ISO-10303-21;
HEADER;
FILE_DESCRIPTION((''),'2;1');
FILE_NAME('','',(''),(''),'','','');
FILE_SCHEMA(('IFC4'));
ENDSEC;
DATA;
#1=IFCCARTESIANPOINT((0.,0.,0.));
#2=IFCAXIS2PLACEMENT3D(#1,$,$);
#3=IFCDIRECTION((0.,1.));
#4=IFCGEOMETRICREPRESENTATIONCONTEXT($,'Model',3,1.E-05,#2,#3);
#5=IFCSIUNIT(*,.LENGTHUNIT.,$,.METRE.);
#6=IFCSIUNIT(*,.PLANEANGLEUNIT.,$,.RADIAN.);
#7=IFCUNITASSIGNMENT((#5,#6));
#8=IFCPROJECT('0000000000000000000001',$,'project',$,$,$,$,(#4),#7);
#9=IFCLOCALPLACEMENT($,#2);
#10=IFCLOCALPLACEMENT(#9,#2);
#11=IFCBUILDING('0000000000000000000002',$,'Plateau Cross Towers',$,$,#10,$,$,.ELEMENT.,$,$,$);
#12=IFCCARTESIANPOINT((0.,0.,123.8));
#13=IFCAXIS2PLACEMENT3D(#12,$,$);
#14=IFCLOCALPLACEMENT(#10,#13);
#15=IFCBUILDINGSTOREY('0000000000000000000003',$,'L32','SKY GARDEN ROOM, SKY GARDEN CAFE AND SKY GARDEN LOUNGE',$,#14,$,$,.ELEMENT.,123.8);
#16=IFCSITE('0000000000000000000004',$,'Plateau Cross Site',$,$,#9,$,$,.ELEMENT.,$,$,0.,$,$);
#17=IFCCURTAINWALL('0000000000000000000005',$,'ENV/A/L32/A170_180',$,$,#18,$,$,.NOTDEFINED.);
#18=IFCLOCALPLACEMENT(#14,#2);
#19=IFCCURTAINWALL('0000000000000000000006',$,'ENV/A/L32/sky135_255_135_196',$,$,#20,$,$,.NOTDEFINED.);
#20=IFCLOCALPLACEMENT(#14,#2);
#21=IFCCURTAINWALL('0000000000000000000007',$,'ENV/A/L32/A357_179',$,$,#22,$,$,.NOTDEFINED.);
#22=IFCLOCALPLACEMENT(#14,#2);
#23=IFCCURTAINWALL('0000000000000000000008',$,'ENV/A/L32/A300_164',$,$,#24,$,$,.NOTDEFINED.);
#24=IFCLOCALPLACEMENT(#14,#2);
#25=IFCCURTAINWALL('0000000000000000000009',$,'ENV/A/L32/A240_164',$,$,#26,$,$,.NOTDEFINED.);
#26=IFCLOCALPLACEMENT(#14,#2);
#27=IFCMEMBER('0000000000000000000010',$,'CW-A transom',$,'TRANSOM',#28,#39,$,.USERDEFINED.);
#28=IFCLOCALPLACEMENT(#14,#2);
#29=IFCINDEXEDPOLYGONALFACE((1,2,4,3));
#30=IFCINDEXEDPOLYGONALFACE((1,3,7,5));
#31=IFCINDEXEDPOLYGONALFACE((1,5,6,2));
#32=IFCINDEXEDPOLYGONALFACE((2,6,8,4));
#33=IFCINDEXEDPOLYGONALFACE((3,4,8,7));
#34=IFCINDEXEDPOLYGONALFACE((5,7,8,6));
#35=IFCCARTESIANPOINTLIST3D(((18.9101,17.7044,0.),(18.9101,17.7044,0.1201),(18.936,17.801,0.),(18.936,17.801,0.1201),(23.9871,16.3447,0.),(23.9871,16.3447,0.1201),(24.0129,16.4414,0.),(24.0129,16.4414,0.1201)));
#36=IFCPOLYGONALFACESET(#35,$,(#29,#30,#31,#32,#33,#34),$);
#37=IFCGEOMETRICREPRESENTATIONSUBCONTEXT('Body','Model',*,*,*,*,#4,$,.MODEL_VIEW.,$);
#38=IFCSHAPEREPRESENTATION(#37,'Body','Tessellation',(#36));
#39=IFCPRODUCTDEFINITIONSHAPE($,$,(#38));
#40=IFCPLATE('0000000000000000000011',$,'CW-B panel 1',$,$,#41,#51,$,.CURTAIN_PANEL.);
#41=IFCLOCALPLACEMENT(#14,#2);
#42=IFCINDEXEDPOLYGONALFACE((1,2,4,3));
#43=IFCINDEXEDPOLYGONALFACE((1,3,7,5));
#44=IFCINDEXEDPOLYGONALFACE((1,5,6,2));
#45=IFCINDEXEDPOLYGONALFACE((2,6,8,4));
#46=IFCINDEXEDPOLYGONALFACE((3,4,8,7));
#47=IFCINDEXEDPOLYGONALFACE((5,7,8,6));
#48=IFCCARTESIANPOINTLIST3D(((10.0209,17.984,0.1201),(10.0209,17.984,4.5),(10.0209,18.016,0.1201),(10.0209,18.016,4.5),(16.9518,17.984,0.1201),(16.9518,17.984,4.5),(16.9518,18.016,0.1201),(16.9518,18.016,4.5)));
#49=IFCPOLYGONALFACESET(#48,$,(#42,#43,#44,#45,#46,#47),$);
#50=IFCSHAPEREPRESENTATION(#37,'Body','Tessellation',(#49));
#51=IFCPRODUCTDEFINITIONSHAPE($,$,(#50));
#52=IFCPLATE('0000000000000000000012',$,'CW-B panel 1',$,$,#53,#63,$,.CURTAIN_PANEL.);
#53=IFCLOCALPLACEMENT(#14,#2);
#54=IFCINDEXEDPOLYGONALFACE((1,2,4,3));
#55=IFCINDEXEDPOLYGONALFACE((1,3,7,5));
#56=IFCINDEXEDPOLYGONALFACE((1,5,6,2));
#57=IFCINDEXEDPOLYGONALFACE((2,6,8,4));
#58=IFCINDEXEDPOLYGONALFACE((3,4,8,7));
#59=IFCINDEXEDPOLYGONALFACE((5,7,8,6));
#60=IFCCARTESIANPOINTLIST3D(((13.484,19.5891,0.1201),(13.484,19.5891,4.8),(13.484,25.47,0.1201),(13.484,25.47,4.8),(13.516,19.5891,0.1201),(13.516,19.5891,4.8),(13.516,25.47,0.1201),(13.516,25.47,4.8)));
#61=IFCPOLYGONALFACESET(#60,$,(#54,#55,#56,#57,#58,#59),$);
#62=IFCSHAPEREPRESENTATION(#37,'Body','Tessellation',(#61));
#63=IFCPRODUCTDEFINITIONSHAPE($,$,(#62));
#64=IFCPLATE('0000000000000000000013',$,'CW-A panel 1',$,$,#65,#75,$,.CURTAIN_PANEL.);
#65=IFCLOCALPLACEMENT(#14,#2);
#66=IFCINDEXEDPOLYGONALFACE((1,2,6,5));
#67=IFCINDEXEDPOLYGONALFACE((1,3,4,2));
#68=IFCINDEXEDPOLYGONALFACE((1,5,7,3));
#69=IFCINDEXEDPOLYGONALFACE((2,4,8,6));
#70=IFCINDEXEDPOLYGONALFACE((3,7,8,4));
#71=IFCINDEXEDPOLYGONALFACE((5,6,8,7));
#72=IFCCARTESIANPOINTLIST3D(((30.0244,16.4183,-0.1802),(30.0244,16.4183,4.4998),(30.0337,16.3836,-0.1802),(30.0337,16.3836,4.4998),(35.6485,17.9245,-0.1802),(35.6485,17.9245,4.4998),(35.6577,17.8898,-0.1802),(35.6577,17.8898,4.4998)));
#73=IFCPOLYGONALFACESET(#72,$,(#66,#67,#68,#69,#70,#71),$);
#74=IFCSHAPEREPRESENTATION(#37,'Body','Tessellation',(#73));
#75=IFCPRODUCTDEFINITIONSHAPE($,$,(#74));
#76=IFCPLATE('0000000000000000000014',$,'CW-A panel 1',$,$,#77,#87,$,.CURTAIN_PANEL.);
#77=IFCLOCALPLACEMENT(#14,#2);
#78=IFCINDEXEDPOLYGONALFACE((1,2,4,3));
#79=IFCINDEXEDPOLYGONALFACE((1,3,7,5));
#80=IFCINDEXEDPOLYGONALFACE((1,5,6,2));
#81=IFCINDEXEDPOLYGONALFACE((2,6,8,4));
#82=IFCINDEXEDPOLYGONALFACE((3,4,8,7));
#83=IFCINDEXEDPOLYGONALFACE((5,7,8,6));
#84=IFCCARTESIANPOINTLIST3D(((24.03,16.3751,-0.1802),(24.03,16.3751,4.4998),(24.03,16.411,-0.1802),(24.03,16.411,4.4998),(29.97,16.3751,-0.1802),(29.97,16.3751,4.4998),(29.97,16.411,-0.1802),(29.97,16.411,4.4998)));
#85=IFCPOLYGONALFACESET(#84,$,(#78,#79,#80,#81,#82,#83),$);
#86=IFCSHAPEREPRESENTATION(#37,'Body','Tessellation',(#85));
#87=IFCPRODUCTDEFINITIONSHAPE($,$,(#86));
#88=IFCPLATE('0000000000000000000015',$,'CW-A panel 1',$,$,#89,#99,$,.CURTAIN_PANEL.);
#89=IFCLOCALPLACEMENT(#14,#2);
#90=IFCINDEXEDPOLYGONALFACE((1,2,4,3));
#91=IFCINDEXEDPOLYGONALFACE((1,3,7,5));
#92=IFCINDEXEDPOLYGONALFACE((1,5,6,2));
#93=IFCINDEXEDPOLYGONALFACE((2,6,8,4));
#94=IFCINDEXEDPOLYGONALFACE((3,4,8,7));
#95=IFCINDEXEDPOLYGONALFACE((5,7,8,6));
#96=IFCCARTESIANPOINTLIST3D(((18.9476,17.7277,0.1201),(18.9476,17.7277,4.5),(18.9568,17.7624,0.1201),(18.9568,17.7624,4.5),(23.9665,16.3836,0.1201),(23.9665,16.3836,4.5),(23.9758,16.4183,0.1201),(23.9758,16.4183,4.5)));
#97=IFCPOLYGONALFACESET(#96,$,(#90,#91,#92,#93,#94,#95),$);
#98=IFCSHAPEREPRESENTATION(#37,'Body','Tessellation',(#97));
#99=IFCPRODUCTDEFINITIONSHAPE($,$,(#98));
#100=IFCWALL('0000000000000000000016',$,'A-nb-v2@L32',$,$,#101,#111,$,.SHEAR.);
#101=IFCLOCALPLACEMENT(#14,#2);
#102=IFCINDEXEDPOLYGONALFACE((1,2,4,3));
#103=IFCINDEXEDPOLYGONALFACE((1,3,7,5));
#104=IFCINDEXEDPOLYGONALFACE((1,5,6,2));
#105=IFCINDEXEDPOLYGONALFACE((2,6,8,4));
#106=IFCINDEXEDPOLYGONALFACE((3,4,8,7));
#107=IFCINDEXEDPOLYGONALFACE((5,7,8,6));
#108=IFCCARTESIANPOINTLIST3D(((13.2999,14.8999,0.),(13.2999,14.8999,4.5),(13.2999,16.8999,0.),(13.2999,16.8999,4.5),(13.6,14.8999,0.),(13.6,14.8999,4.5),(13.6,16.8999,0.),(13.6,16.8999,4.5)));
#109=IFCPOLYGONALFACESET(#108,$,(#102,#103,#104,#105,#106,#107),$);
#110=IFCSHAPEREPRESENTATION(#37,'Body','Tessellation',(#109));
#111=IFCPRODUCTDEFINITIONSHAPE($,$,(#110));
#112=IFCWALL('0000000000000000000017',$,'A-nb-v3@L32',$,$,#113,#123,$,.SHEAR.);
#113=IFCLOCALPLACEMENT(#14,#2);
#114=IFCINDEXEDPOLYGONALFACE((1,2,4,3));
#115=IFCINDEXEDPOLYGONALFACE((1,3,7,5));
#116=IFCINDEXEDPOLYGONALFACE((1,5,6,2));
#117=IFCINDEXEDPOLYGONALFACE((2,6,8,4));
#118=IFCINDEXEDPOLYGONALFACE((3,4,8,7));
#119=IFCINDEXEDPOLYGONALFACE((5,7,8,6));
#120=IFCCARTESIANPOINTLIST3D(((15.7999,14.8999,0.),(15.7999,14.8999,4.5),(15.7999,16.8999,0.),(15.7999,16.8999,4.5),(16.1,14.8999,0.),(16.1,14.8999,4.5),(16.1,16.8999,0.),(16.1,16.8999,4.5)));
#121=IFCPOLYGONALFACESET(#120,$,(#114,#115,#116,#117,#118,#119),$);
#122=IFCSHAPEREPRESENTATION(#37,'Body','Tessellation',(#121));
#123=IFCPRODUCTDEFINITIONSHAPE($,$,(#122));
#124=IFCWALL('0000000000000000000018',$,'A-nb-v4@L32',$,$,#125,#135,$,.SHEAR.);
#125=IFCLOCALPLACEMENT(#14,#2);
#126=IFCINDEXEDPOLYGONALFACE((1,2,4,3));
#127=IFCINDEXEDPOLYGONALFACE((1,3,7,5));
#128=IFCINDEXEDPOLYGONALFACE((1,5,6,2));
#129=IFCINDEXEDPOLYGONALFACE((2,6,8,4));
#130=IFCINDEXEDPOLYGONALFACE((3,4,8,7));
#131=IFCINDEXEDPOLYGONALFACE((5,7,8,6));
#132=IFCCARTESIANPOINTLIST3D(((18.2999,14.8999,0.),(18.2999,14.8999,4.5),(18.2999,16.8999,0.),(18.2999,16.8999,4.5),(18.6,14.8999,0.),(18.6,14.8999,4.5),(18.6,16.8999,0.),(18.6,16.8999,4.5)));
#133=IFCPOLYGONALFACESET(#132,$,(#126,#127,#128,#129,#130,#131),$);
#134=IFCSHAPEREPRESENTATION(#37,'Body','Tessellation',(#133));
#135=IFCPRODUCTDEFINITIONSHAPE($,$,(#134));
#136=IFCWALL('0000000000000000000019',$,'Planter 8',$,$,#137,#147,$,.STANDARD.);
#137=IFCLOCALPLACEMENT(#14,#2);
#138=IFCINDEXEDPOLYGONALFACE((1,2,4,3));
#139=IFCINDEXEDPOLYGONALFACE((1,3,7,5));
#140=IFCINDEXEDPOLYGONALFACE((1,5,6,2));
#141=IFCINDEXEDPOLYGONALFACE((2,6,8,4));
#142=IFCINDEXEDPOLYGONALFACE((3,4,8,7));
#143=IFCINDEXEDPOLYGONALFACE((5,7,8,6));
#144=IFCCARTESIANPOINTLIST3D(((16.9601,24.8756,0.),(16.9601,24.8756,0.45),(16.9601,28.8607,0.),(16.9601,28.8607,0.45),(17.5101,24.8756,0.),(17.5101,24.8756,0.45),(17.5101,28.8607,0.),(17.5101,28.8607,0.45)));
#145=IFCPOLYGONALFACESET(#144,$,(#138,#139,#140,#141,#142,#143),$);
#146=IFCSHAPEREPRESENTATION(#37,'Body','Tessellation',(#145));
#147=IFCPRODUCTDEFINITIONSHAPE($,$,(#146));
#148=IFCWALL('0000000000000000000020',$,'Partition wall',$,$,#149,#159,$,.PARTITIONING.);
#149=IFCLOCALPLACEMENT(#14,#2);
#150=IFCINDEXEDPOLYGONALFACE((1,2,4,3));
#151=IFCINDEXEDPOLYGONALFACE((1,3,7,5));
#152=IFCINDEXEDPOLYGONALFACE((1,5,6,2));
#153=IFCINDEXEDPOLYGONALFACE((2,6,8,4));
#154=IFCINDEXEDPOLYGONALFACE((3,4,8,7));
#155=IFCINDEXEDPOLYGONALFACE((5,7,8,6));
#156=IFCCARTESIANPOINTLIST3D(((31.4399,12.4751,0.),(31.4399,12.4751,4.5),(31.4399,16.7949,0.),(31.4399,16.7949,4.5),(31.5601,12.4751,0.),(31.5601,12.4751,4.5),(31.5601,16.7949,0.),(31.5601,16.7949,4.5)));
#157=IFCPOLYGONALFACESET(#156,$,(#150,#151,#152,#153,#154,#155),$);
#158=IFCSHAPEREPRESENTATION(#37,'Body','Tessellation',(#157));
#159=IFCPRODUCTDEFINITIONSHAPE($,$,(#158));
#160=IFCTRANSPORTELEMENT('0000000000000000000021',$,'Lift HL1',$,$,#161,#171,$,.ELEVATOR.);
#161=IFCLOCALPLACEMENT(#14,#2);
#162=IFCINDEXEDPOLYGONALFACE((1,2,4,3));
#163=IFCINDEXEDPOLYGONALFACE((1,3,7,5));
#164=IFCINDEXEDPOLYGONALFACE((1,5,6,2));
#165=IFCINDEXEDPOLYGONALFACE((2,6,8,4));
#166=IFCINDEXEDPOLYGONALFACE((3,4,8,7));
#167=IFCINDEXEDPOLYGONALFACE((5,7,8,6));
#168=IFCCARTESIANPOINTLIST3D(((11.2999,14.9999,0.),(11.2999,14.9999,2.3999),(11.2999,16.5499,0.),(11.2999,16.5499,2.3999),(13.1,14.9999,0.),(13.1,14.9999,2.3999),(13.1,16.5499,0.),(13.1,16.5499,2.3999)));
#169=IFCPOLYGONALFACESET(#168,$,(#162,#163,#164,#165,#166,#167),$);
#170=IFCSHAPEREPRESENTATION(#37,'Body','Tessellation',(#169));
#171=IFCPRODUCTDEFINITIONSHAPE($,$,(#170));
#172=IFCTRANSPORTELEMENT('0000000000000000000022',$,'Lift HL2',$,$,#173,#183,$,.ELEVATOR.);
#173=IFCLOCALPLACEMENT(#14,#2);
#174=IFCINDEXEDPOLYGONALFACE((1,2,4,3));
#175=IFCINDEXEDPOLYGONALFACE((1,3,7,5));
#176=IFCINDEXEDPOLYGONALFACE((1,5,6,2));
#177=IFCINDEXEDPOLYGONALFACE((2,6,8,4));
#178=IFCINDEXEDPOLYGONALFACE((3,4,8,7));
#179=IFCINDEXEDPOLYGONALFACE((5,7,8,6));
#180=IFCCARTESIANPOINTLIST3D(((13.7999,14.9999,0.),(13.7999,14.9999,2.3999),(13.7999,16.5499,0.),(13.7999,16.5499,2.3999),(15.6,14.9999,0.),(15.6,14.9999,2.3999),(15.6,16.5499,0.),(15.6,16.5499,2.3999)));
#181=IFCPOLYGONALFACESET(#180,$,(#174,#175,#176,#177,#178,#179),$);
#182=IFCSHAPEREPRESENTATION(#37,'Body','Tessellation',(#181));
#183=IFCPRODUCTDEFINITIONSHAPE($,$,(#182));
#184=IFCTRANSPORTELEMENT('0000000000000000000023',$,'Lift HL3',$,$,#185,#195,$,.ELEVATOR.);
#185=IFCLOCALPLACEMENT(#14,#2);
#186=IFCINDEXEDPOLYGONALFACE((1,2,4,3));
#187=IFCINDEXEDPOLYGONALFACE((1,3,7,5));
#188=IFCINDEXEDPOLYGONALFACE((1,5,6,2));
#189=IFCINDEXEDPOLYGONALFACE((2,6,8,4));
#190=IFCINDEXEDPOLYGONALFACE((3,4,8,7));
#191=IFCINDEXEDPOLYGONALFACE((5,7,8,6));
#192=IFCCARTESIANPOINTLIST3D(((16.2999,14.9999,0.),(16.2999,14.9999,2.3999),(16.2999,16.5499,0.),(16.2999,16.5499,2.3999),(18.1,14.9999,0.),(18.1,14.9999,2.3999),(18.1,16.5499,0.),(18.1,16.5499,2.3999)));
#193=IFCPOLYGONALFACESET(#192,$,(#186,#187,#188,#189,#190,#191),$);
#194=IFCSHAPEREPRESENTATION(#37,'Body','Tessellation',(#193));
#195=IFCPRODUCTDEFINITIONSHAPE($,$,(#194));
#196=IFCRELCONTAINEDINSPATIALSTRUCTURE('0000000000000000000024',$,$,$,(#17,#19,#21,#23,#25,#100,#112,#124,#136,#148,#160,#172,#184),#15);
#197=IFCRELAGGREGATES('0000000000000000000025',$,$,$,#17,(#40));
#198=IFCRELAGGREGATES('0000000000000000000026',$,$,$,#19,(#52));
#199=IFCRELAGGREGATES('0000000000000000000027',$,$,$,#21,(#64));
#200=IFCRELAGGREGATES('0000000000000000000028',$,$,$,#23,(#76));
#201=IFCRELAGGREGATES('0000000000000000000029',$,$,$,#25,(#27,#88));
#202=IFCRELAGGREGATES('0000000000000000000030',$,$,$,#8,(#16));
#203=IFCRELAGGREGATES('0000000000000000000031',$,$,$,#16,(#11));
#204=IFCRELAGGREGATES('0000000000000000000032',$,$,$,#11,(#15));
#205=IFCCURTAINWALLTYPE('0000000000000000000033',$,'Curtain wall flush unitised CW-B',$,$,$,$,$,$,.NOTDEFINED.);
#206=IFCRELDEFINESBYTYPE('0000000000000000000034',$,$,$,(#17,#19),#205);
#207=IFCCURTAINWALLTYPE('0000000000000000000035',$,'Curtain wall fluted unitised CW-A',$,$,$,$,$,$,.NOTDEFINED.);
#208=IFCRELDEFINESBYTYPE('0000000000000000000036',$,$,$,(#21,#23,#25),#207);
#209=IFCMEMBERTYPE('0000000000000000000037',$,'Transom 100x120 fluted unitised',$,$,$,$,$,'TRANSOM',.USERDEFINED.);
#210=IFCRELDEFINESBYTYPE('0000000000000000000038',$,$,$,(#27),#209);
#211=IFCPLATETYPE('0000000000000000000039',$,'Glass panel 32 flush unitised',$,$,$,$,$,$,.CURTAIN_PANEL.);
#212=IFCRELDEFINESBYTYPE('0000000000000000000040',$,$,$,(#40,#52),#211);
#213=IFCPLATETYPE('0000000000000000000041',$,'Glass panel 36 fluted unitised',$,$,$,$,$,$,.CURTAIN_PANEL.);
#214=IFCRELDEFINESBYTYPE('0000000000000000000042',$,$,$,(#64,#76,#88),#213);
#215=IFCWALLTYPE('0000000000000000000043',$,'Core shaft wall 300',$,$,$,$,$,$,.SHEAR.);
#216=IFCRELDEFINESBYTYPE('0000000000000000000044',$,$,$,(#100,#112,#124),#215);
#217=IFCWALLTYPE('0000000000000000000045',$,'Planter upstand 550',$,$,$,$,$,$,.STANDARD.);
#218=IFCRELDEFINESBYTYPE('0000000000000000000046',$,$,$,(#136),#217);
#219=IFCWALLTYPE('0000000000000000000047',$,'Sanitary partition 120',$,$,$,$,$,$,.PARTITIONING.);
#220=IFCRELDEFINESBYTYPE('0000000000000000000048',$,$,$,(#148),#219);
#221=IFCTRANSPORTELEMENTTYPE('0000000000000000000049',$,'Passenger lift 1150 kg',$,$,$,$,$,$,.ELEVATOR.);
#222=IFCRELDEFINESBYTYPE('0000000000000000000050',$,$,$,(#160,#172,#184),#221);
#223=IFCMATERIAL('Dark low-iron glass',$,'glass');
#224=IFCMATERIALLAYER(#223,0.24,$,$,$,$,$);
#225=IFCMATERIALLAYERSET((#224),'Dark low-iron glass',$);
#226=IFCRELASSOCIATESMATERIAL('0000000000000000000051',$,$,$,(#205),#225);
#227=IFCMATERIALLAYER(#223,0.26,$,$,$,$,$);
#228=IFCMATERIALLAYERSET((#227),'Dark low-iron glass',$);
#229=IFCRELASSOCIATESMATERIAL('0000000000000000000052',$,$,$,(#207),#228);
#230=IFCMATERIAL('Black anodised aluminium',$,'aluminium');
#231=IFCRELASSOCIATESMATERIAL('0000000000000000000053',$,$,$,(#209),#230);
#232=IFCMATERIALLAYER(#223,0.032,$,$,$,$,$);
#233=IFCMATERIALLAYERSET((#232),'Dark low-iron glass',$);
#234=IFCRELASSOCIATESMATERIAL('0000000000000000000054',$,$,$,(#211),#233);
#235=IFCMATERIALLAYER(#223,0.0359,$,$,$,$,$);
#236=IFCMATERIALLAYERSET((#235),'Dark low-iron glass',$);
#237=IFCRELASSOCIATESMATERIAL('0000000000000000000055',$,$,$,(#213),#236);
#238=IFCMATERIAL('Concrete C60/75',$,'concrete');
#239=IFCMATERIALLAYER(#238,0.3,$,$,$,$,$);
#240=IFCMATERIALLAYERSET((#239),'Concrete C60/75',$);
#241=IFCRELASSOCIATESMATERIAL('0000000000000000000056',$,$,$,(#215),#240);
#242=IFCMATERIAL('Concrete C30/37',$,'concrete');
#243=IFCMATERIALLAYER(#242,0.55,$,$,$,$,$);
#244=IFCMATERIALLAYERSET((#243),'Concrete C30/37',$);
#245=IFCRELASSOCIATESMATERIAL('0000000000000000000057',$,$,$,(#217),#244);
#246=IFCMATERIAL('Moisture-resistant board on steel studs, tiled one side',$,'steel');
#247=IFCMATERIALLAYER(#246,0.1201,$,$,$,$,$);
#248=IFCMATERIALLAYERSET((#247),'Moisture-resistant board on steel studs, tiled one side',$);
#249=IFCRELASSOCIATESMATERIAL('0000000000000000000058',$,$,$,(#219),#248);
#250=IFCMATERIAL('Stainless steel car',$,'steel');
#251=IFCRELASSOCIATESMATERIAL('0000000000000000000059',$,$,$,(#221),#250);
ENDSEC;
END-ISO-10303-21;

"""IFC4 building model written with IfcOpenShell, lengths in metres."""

from ifc_helpers import new_model, si_unit, direction, frame, frame_2d, origin, origin_2d, place, context, subcontext, project, spatial, rectangle, extrude, material, layer, layer_set, material_profile, profile_set, type_object, element, aggregate, save


model = new_model("IFC4")

# Units and contexts
model_context = context("Model", 3, precision=1e-05, world=origin(), true_north=direction((0.0, 1.0)))
body_context = subcontext(model_context, "Body", "Model", "MODEL_VIEW")
ifc_project = project(units=[si_unit("LENGTHUNIT", "METRE"), si_unit("PLANEANGLEUNIT", "RADIAN")], contexts=[model_context])

# Site, building, storey
site_placement = place(None, origin())
site = spatial("IfcSite", under=ifc_project, at=site_placement, Name="Plateau Cross Site", CompositionType="ELEMENT", RefElevation=0.0)
building_placement = place(site_placement, origin())
building = spatial("IfcBuilding", under=site, at=building_placement, Name="Plateau Cross Towers", CompositionType="ELEMENT")
storey_placement = place(building_placement, frame((0.0, 0.0, 123.8)))
storey = spatial("IfcBuildingStorey", under=building, at=storey_placement, Name="L32", Description="SKY GARDEN ROOM, SKY GARDEN CAFE AND SKY GARDEN LOUNGE", CompositionType="ELEMENT", Elevation=123.8)

# Shared definitions
ifc_material_1 = material(Name="Concrete C60/75", Category="concrete")

# Curtain wall
ifc_material_2 = material(Name="Dark low-iron glass", Category="glass")
ifc_layer_1 = layer(ifc_material_2, 0.24)
ifc_layer_set_1 = layer_set([ifc_layer_1], Name="Dark low-iron glass")
curtain_wall_type_1 = type_object("IfcCurtainWallType", Name="Curtain wall flush unitised CW-B", PredefinedType="NOTDEFINED", material=ifc_layer_set_1)
curtain_wall_1_placement = place(storey_placement, origin())
curtain_wall_1 = element("IfcCurtainWall", 1, at=curtain_wall_1_placement, inside=storey, type_object=curtain_wall_type_1, Name="ENV/A/L32/A170_180", PredefinedType="NOTDEFINED")
ifc_material_3 = material(Name="Black anodised aluminium", Category="aluminium")

# Curtain wall
curtain_wall_2_placement = place(storey_placement, origin())
curtain_wall_2 = element("IfcCurtainWall", 2, at=curtain_wall_2_placement, inside=storey, type_object=curtain_wall_type_1, Name="ENV/A/L32/sky135_255_135_196", PredefinedType="NOTDEFINED")

# Curtain walls
ifc_layer_2 = layer(ifc_material_2, 0.26)
ifc_layer_set_2 = layer_set([ifc_layer_2], Name="Dark low-iron glass")
curtain_wall_type_2 = type_object("IfcCurtainWallType", Name="Curtain wall fluted unitised CW-A", PredefinedType="NOTDEFINED", material=ifc_layer_set_2)
curtain_wall_3_placement = place(storey_placement, origin())
curtain_wall_3 = element("IfcCurtainWall", 3, at=curtain_wall_3_placement, inside=storey, type_object=curtain_wall_type_2, Name="ENV/A/L32/A357_179", PredefinedType="NOTDEFINED")
curtain_wall_4_placement = place(storey_placement, origin())
curtain_wall_4 = element("IfcCurtainWall", 4, at=curtain_wall_4_placement, inside=storey, type_object=curtain_wall_type_2, Name="ENV/A/L32/A300_164", PredefinedType="NOTDEFINED")

# Curtain wall
curtain_wall_5_placement = place(storey_placement, origin())
curtain_wall_5 = element("IfcCurtainWall", 5, at=curtain_wall_5_placement, inside=storey, type_object=curtain_wall_type_2, Name="ENV/A/L32/A240_164", PredefinedType="NOTDEFINED")

# Member
ifc_material_profile_1 = material_profile(ifc_material_3, rectangle(XDim=0.1001, YDim=0.1201, at=origin_2d()), Name="TRANSOM 100x120")
ifc_profile_set_1 = profile_set([ifc_material_profile_1], Name="Black anodised aluminium")
member_type_1 = type_object("IfcMemberType", Name="Transom 100x120 fluted unitised", ElementType="TRANSOM", PredefinedType="USERDEFINED", material=ifc_profile_set_1)
member_1_placement = place(storey_placement, frame((24.0, 16.3931, 0.0601), z_axis=(-0.965961, 0.258689, 0.0), x_axis=(-0.258689, -0.965961, 0.0)))
member_1 = element("IfcMember", 6, at=member_1_placement, type_object=member_type_1, Name="CW-A transom", ObjectType="TRANSOM", PredefinedType="USERDEFINED", context=body_context, shape_type="SweptSolid", body=[
    extrude(rectangle(XDim=0.1001, YDim=0.1201, at=origin_2d()), origin(), (0.0, 0.0, 1.0), 5.2559),
])

# Plates
ifc_layer_3 = layer(ifc_material_2, 0.032)
ifc_layer_set_3 = layer_set([ifc_layer_3], Name="Dark low-iron glass")
plate_type_1 = type_object("IfcPlateType", Name="Glass panel 32 flush unitised", PredefinedType="CURTAIN_PANEL", material=ifc_layer_set_3)
plate_1_placement = place(storey_placement, frame((13.4863, 18.0, 0.1201), z_axis=(0.0, 0.0, 1.0), x_axis=(-1.0, 0.0, 0.0)))
plate_1 = element("IfcPlate", 7, at=plate_1_placement, type_object=plate_type_1, Name="CW-B panel 1", PredefinedType="CURTAIN_PANEL", context=body_context, shape_type="SweptSolid", body=[
    extrude(rectangle(XDim=6.9309, YDim=0.032, at=origin_2d()), origin(), (0.0, 0.0, 1.0), 4.3799),
])
aggregate(curtain_wall_1, [plate_1])
plate_2_placement = place(storey_placement, frame((13.5, 22.5295, 0.1201), z_axis=(0.0, 0.0, 1.0), x_axis=(0.0, -1.0, 0.0)))
plate_2 = element("IfcPlate", 8, at=plate_2_placement, type_object=plate_type_1, Name="CW-B panel 1", PredefinedType="CURTAIN_PANEL", context=body_context, shape_type="SweptSolid", body=[
    extrude(rectangle(XDim=5.8809, YDim=0.032, at=origin_2d()), origin(), (0.0, 0.0, 1.0), 4.6799),
])
aggregate(curtain_wall_2, [plate_2])
ifc_layer_4 = layer(ifc_material_2, 0.0359)
ifc_layer_set_4 = layer_set([ifc_layer_4], Name="Dark low-iron glass")
plate_type_2 = type_object("IfcPlateType", Name="Glass panel 36 fluted unitised", PredefinedType="CURTAIN_PANEL", material=ifc_layer_set_4)
plate_3_placement = place(storey_placement, frame((32.8411, 17.1541, -0.1802), z_axis=(0.0, 0.0, 1.0), x_axis=(-0.965958, -0.258699, 0.0)))
plate_3 = element("IfcPlate", 9, at=plate_3_placement, type_object=plate_type_2, Name="CW-A panel 1", PredefinedType="CURTAIN_PANEL", context=body_context, shape_type="SweptSolid", body=[
    extrude(rectangle(XDim=5.8223, YDim=0.0359, at=origin_2d()), origin(), (0.0, 0.0, 1.0), 4.6799),
])
aggregate(curtain_wall_3, [plate_3])
plate_4_placement = place(storey_placement, frame((27.0, 16.3931, -0.1802), z_axis=(0.0, 0.0, 1.0), x_axis=(-1.0, 0.0, 0.0)))
plate_4 = element("IfcPlate", 10, at=plate_4_placement, type_object=plate_type_2, Name="CW-A panel 1", PredefinedType="CURTAIN_PANEL", context=body_context, shape_type="SweptSolid", body=[
    extrude(rectangle(XDim=5.9399, YDim=0.0359, at=origin_2d()), origin(), (0.0, 0.0, 1.0), 4.6799),
])
aggregate(curtain_wall_4, [plate_4])
plate_5_placement = place(storey_placement, frame((21.4617, 17.073, 0.1201), z_axis=(0.0, 0.0, 1.0), x_axis=(-0.965958, 0.258699, 0.0)))
plate_5 = element("IfcPlate", 11, at=plate_5_placement, type_object=plate_type_2, Name="CW-A panel 1", PredefinedType="CURTAIN_PANEL", context=body_context, shape_type="SweptSolid", body=[
    extrude(rectangle(XDim=5.1958, YDim=0.0359, at=origin_2d()), origin(), (0.0, 0.0, 1.0), 4.3799),
])
aggregate(curtain_wall_5, [member_1, plate_5])

# Walls
ifc_layer_5 = layer(ifc_material_1, 0.3)
ifc_layer_set_5 = layer_set([ifc_layer_5], Name="Concrete C60/75")
wall_type_1 = type_object("IfcWallType", Name="Core shaft wall 300", PredefinedType="SHEAR", material=ifc_layer_set_5)
for number, where, z_axis, x_axis, name in (
    (12, (13.45, 14.8999, 0.0), (0.0, 0.0, 1.0), (0.0, 1.0, 0.0), "A-nb-v2@L32"),
    (13, (15.95, 14.8999, 0.0), (0.0, 0.0, 1.0), (0.0, 1.0, 0.0), "A-nb-v3@L32"),
    (14, (18.45, 14.8999, 0.0), (0.0, 0.0, 1.0), (0.0, 1.0, 0.0), "A-nb-v4@L32"),
):
    element("IfcWall", number, at=place(storey_placement, frame(where, z_axis=z_axis, x_axis=x_axis)), inside=storey, type_object=wall_type_1, Name=name, PredefinedType="SHEAR", context=body_context, shape_type="SweptSolid", body=[
        extrude(rectangle(XDim=2.0, YDim=0.3, at=frame_2d((1.0, 0.0))), origin(), (0.0, 0.0, 1.0), 4.5),
    ])
ifc_material_4 = material(Name="Concrete C30/37", Category="concrete")
ifc_layer_6 = layer(ifc_material_4, 0.55)
ifc_layer_set_6 = layer_set([ifc_layer_6], Name="Concrete C30/37")
wall_type_2 = type_object("IfcWallType", Name="Planter upstand 550", PredefinedType="STANDARD", material=ifc_layer_set_6)
wall_1_placement = place(storey_placement, frame((17.2351, 28.8608, 0.0), z_axis=(0.0, 0.0, 1.0), x_axis=(0.0, -1.0, 0.0)))
element("IfcWall", 15, at=wall_1_placement, inside=storey, type_object=wall_type_2, Name="Planter 8", PredefinedType="STANDARD", context=body_context, shape_type="SweptSolid", body=[
    extrude(rectangle(XDim=3.9851, YDim=0.55, at=frame_2d((1.9927, 0.0))), origin(), (0.0, 0.0, 1.0), 0.45),
])
ifc_material_5 = material(Name="Moisture-resistant board on steel studs, tiled one side", Category="steel")
ifc_layer_7 = layer(ifc_material_5, 0.1201)
ifc_layer_set_7 = layer_set([ifc_layer_7], Name="Moisture-resistant board on steel studs, tiled one side")
wall_type_3 = type_object("IfcWallType", Name="Sanitary partition 120", PredefinedType="PARTITIONING", material=ifc_layer_set_7)
wall_2_placement = place(storey_placement, frame((31.5, 16.7949, 0.0), z_axis=(0.0, 0.0, 1.0), x_axis=(0.0, -1.0, 0.0)))
element("IfcWall", 16, at=wall_2_placement, inside=storey, type_object=wall_type_3, Name="Partition wall", PredefinedType="PARTITIONING", context=body_context, shape_type="SweptSolid", body=[
    extrude(rectangle(XDim=4.3198, YDim=0.1201, at=frame_2d((2.1599, 0.0))), origin(), (0.0, 0.0, 1.0), 4.5),
])

# Transport elements
ifc_material_6 = material(Name="Stainless steel car", Category="steel")
transport_element_type = type_object("IfcTransportElementType", Name="Passenger lift 1150 kg", PredefinedType="ELEVATOR", material=ifc_material_6)
for number, where, z_axis, x_axis, name in (
    (17, (12.2, 15.7749, 0.0), (0.0, 0.0, 1.0), (1.0, 0.0, 0.0), "Lift HL1"),
    (18, (14.7, 15.7749, 0.0), (0.0, 0.0, 1.0), (1.0, 0.0, 0.0), "Lift HL2"),
    (19, (17.2, 15.7749, 0.0), (0.0, 0.0, 1.0), (1.0, 0.0, 0.0), "Lift HL3"),
):
    element("IfcTransportElement", number, at=place(storey_placement, frame(where, z_axis=z_axis, x_axis=x_axis)), inside=storey, type_object=transport_element_type, Name=name, PredefinedType="ELEVATOR", context=body_context, shape_type="SweptSolid", body=[
        extrude(rectangle(XDim=1.8, YDim=1.55, at=origin_2d()), origin(), (0.0, 0.0, 1.0), 2.3999),
    ])

save(model, "model.ifc")
